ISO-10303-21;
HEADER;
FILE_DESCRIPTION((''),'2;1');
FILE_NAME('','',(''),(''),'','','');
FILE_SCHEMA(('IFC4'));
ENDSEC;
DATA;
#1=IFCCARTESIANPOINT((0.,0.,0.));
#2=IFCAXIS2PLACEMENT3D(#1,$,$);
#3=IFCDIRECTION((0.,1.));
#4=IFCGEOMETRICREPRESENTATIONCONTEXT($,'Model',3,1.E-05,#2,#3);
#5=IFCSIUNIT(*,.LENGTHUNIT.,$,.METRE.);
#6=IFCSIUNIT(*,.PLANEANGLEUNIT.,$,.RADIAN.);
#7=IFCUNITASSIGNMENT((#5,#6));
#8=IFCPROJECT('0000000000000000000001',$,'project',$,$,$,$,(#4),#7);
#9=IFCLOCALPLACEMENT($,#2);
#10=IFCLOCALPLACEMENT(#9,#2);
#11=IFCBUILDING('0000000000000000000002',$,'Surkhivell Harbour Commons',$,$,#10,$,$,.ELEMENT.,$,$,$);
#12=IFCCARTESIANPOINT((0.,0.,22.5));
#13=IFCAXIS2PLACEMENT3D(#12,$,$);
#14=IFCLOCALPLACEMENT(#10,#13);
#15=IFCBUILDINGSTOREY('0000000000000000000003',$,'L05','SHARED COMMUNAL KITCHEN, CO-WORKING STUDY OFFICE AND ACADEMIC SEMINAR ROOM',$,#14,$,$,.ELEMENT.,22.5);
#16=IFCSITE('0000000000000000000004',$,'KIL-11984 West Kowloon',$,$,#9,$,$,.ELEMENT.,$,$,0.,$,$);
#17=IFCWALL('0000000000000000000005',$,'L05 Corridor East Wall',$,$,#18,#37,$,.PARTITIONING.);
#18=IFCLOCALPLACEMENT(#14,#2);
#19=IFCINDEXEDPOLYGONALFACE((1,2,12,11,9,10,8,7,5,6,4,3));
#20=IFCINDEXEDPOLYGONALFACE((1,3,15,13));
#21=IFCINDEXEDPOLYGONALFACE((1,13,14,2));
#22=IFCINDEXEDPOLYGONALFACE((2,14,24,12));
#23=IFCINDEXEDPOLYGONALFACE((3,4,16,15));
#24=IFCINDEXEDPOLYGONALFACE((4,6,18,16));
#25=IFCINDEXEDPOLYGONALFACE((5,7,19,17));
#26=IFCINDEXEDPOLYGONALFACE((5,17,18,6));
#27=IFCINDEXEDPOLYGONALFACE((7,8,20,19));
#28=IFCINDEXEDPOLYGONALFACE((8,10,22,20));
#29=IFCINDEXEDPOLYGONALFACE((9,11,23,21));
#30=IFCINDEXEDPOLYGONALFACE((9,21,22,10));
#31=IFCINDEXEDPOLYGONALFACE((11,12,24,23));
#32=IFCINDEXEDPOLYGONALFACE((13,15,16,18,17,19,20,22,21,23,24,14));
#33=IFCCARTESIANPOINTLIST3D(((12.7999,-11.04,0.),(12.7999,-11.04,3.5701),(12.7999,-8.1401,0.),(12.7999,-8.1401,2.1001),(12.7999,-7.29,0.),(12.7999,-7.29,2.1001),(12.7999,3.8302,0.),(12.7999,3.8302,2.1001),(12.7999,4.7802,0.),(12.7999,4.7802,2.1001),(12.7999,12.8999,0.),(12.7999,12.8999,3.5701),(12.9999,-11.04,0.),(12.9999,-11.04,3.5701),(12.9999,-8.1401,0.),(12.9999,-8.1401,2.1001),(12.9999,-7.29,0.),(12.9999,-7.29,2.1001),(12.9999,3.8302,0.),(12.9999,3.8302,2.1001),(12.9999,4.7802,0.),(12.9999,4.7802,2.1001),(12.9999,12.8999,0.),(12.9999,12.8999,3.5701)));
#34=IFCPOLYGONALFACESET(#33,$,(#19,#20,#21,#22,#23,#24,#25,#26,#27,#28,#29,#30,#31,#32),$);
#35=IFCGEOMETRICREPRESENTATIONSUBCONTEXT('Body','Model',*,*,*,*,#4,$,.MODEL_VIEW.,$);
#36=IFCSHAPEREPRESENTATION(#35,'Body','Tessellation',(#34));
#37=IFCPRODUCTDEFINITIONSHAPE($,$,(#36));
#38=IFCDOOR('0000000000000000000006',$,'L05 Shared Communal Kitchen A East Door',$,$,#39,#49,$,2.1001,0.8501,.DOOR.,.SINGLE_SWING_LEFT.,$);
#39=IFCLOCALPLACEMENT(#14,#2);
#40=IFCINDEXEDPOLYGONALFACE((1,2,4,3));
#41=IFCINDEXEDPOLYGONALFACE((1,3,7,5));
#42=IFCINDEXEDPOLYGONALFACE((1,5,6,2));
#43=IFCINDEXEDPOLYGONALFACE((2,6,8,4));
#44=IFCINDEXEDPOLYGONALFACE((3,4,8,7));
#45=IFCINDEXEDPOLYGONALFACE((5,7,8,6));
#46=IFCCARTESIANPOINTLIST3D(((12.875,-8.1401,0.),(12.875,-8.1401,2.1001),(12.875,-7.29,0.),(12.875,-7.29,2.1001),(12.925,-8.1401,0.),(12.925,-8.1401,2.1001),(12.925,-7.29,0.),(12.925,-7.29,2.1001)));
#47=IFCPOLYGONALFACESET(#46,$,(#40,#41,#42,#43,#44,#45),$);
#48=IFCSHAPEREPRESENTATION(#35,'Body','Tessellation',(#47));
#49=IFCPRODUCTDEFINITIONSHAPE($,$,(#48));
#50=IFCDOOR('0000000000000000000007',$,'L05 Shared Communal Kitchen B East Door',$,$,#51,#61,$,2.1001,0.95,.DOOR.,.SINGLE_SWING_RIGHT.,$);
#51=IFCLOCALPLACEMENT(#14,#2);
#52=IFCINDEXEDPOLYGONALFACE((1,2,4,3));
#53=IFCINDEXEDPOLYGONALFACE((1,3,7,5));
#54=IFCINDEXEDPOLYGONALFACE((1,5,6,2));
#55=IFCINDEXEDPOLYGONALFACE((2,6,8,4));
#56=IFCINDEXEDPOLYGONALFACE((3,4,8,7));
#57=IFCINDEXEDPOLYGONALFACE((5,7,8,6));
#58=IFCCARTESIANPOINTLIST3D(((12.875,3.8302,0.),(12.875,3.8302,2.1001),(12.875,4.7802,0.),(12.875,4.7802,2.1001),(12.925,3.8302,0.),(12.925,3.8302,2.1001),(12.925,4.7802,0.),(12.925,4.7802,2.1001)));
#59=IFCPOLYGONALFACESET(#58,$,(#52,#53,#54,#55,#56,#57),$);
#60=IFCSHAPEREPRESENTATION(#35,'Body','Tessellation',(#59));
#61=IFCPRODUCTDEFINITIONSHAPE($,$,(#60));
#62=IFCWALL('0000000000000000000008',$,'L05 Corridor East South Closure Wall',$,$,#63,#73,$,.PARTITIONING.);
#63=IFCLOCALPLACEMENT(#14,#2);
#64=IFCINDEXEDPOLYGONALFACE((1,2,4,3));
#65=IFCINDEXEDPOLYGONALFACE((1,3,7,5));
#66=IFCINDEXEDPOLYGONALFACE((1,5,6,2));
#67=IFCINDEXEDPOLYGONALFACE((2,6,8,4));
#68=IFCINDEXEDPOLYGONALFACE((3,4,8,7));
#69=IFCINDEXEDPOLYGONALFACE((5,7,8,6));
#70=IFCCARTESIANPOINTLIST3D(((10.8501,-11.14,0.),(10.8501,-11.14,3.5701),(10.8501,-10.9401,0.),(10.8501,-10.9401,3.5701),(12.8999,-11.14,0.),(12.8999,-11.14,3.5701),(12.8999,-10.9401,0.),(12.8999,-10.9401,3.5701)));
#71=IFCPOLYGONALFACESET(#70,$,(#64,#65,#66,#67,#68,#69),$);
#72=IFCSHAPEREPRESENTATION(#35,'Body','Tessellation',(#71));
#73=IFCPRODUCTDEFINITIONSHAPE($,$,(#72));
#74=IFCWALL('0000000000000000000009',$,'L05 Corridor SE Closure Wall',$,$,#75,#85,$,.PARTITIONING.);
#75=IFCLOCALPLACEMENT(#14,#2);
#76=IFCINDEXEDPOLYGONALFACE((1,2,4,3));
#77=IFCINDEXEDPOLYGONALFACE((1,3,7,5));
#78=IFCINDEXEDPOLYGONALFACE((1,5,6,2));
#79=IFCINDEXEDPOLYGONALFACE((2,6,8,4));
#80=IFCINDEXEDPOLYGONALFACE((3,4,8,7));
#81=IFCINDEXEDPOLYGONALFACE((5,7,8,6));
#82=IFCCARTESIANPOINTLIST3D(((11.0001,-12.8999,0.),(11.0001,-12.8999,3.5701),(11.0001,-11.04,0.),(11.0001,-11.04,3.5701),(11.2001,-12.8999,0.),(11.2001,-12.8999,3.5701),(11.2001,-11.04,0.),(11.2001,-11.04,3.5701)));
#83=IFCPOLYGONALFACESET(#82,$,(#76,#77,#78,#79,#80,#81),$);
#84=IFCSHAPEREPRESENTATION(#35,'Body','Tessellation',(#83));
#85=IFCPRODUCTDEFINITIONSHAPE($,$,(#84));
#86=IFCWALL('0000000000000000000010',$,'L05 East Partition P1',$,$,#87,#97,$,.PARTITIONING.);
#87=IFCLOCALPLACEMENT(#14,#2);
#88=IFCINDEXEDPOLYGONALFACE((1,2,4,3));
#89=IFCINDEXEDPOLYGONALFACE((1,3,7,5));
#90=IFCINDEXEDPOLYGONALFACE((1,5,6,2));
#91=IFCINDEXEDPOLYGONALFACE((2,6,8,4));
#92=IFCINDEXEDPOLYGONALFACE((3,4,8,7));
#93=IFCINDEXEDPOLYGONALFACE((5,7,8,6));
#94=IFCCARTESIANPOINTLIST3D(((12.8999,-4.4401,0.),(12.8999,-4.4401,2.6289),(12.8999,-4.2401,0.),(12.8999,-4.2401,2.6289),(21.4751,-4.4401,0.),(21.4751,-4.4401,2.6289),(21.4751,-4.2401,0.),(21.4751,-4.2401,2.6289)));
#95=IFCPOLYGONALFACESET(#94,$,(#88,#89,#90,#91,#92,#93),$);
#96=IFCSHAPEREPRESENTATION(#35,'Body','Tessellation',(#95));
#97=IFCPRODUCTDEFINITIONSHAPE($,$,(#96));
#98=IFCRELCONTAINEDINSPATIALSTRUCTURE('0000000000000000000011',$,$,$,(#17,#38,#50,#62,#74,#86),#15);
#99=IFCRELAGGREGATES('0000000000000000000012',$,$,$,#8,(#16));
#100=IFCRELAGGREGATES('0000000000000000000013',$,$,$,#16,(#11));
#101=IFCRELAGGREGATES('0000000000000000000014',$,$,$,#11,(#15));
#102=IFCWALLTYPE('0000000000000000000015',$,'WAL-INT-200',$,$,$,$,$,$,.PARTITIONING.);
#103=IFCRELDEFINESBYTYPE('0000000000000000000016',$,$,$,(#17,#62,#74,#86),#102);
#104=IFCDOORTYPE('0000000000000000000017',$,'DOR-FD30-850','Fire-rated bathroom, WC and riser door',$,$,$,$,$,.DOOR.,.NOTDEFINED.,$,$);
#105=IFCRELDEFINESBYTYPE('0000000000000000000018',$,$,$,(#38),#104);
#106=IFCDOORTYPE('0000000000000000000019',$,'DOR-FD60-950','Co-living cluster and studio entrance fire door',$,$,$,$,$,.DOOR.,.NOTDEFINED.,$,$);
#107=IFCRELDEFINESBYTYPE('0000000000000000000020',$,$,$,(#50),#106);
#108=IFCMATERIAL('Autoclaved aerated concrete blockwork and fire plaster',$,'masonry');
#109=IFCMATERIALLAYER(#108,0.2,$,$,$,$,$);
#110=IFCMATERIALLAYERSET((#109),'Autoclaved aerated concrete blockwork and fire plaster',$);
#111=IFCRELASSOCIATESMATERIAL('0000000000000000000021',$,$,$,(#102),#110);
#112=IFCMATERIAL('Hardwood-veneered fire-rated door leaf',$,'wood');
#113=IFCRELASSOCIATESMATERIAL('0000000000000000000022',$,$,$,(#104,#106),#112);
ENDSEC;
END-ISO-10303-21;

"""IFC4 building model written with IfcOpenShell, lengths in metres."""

from ifc_helpers import new_model, si_unit, direction, frame, frame_2d, origin, place, context, subcontext, project, spatial, rectangle, extrude, material, layer, layer_set, type_object, element, fill, save


model = new_model("IFC4")

# Units and contexts
model_context = context("Model", 3, precision=1e-05, world=origin(), true_north=direction((0.0, 1.0)))
body_context = subcontext(model_context, "Body", "Model", "MODEL_VIEW")
ifc_project = project(units=[si_unit("LENGTHUNIT", "METRE"), si_unit("PLANEANGLEUNIT", "RADIAN")], contexts=[model_context])

# Site, building, storey
site_placement = place(None, origin())
site = spatial("IfcSite", under=ifc_project, at=site_placement, Name="KIL-11984 West Kowloon", CompositionType="ELEMENT", RefElevation=0.0)
building_placement = place(site_placement, origin())
building = spatial("IfcBuilding", under=site, at=building_placement, Name="Surkhivell Harbour Commons", CompositionType="ELEMENT")
storey_placement = place(building_placement, frame((0.0, 0.0, 22.5)))
storey = spatial("IfcBuildingStorey", under=building, at=storey_placement, Name="L05", Description="SHARED COMMUNAL KITCHEN, CO-WORKING STUDY OFFICE AND ACADEMIC SEMINAR ROOM", CompositionType="ELEMENT", Elevation=22.5)

# Shared definitions
ifc_material_1 = material(Name="Hardwood-veneered fire-rated door leaf", Category="wood")

# Shared definitions
ifc_material_2 = material(Name="Autoclaved aerated concrete blockwork and fire plaster", Category="masonry")
ifc_layer_1 = layer(ifc_material_2, 0.2)
ifc_layer_set_1 = layer_set([ifc_layer_1], Name="Autoclaved aerated concrete blockwork and fire plaster")
wall_type_1 = type_object("IfcWallType", Name="WAL-INT-200", PredefinedType="PARTITIONING", material=ifc_layer_set_1)

# Wall, openings, doors
wall_1_placement = place(storey_placement, frame((12.8999, -11.04, 0.0), z_axis=(0.0, 0.0, 1.0), x_axis=(0.0, 1.0, 0.0)))
wall_1 = element("IfcWall", 1, at=wall_1_placement, inside=storey, type_object=wall_type_1, Name="L05 Corridor East Wall", PredefinedType="PARTITIONING", context=body_context, shape_type="SweptSolid", body=[
    extrude(rectangle(XDim=23.9399, YDim=0.2, at=frame_2d((11.97, 0.0))), origin(), (0.0, 0.0, 1.0), 3.5701),
])
opening_1_placement = place(wall_1_placement, frame((2.8999, 0.0, 0.0)))
opening_1 = element("IfcOpeningElement", 2, at=opening_1_placement, cuts=wall_1, PredefinedType="OPENING", context=body_context, shape_type="SweptSolid", body=[
    extrude(rectangle(XDim=0.8501, YDim=2.1001, at=frame_2d((0.425, 1.05))), frame((0.0, 0.1099, 0.0), z_axis=(0.0, -1.0, 0.0), x_axis=(1.0, 0.0, 0.0)), (0.0, 0.0, 1.0), 0.22),
])
opening_2_placement = place(wall_1_placement, frame((14.8701, 0.0, 0.0)))
opening_2 = element("IfcOpeningElement", 3, at=opening_2_placement, cuts=wall_1, PredefinedType="OPENING", context=body_context, shape_type="SweptSolid", body=[
    extrude(rectangle(XDim=0.95, YDim=2.1001, at=frame_2d((0.4751, 1.05))), frame((0.0, 0.1099, 0.0), z_axis=(0.0, -1.0, 0.0), x_axis=(1.0, 0.0, 0.0)), (0.0, 0.0, 1.0), 0.22),
])
door_type_1 = type_object("IfcDoorType", Name="DOR-FD30-850", Description="Fire-rated bathroom, WC and riser door", OperationType="NOTDEFINED", PredefinedType="DOOR", material=ifc_material_1)
door_1_placement = place(opening_1_placement, origin())
door_1 = element("IfcDoor", 4, at=door_1_placement, inside=storey, type_object=door_type_1, Name="L05 Shared Communal Kitchen A East Door", OperationType="SINGLE_SWING_LEFT", OverallHeight=2.1001, OverallWidth=0.8501, PredefinedType="DOOR", context=body_context, shape_type="SweptSolid", body=[
    extrude(rectangle(XDim=0.8501, YDim=2.1001, at=frame_2d((0.425, 1.05))), frame((0.0, 0.0249, 0.0), z_axis=(0.0, -1.0, 0.0), x_axis=(1.0, 0.0, 0.0)), (0.0, 0.0, 1.0), 0.05),
])
fill(opening_1, door_1)
door_type_2 = type_object("IfcDoorType", Name="DOR-FD60-950", Description="Co-living cluster and studio entrance fire door", OperationType="NOTDEFINED", PredefinedType="DOOR", material=ifc_material_1)
door_2_placement = place(opening_2_placement, origin())
door_2 = element("IfcDoor", 5, at=door_2_placement, inside=storey, type_object=door_type_2, Name="L05 Shared Communal Kitchen B East Door", OperationType="SINGLE_SWING_RIGHT", OverallHeight=2.1001, OverallWidth=0.95, PredefinedType="DOOR", context=body_context, shape_type="SweptSolid", body=[
    extrude(rectangle(XDim=0.95, YDim=2.1001, at=frame_2d((0.4751, 1.05))), frame((0.0, 0.0249, 0.0), z_axis=(0.0, -1.0, 0.0), x_axis=(1.0, 0.0, 0.0)), (0.0, 0.0, 1.0), 0.05),
])
fill(opening_2, door_2)

# Walls
wall_2_placement = place(storey_placement, frame((10.8501, -11.04, 0.0), z_axis=(0.0, 0.0, 1.0), x_axis=(1.0, 0.0, 0.0)))
element("IfcWall", 6, at=wall_2_placement, inside=storey, type_object=wall_type_1, Name="L05 Corridor East South Closure Wall", PredefinedType="PARTITIONING", context=body_context, shape_type="SweptSolid", body=[
    extrude(rectangle(XDim=2.0498, YDim=0.2, at=frame_2d((1.0249, 0.0))), origin(), (0.0, 0.0, 1.0), 3.5701),
])
wall_3_placement = place(storey_placement, frame((11.1001, -12.8999, 0.0), z_axis=(0.0, 0.0, 1.0), x_axis=(0.0, 1.0, 0.0)))
element("IfcWall", 7, at=wall_3_placement, inside=storey, type_object=wall_type_1, Name="L05 Corridor SE Closure Wall", PredefinedType="PARTITIONING", context=body_context, shape_type="SweptSolid", body=[
    extrude(rectangle(XDim=1.8599, YDim=0.2, at=frame_2d((0.9299, 0.0))), origin(), (0.0, 0.0, 1.0), 3.5701),
])
wall_4_placement = place(storey_placement, frame((12.8999, -4.3401, 0.0), z_axis=(0.0, 0.0, 1.0), x_axis=(1.0, 0.0, 0.0)))
element("IfcWall", 8, at=wall_4_placement, inside=storey, type_object=wall_type_1, Name="L05 East Partition P1", PredefinedType="PARTITIONING", context=body_context, shape_type="SweptSolid", body=[
    extrude(rectangle(XDim=8.5752, YDim=0.2, at=frame_2d((4.2876, 0.0))), origin(), (0.0, 0.0, 1.0), 2.6289),
])

save(model, "model.ifc")
